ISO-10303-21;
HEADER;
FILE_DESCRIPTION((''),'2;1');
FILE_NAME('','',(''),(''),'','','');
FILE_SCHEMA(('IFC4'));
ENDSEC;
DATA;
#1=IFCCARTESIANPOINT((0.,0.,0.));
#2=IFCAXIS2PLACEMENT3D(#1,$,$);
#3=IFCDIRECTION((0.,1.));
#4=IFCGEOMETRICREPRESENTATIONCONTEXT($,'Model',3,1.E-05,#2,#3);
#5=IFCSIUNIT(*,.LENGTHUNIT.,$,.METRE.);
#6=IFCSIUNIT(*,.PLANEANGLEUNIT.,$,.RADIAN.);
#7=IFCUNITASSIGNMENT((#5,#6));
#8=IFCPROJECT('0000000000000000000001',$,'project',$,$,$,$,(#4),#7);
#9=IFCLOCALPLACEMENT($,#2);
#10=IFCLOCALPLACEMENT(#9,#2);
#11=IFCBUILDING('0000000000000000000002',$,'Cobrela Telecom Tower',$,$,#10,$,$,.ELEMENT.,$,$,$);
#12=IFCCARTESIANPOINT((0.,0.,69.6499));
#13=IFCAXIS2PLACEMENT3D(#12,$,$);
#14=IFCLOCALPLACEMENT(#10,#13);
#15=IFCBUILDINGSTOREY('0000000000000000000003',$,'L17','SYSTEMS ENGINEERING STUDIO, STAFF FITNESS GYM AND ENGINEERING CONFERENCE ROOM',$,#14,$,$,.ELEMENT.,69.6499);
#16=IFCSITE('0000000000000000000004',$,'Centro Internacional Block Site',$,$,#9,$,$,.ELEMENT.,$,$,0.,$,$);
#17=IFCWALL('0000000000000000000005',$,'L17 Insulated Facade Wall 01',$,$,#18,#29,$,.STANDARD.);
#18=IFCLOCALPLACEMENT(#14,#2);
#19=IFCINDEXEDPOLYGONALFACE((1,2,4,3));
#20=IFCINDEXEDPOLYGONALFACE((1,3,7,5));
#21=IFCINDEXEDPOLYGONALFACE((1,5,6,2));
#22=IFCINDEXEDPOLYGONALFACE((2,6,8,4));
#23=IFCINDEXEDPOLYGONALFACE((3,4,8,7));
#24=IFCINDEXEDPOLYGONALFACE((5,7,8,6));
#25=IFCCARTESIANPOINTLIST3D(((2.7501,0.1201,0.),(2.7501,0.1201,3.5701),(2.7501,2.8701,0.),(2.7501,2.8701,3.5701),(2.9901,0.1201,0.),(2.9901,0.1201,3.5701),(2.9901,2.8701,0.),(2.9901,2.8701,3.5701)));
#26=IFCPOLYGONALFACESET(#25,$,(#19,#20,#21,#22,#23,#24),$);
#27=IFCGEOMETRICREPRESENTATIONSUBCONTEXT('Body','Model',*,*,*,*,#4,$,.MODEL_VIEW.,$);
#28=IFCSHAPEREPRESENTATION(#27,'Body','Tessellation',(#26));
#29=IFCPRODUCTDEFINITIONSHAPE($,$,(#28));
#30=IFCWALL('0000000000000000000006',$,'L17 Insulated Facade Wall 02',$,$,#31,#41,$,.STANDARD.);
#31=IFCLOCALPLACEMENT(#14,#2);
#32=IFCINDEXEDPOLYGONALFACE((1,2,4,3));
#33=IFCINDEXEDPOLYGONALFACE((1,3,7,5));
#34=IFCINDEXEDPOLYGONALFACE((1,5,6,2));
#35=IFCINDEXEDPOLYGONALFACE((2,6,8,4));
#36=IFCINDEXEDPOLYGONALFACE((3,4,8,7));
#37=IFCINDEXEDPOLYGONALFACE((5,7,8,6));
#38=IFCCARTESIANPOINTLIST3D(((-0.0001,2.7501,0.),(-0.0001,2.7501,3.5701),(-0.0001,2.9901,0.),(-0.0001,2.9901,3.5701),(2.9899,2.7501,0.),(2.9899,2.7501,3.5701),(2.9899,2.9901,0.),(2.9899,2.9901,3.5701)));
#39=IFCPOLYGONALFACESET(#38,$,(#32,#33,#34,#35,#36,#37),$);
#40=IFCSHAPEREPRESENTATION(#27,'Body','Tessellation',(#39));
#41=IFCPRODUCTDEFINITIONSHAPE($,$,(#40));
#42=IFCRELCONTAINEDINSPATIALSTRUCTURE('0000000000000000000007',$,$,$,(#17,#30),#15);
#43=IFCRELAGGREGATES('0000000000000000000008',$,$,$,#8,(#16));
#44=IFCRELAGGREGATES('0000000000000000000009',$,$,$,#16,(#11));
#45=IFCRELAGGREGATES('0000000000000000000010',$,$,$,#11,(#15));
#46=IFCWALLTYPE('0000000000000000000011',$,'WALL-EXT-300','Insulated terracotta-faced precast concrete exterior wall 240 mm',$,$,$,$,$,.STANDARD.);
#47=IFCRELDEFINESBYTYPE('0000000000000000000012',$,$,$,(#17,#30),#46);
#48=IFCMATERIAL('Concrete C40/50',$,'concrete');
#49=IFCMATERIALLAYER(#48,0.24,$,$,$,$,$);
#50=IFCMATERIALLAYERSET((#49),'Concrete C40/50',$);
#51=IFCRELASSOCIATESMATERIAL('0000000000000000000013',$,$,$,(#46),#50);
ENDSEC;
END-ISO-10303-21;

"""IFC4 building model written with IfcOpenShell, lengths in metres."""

from ifc_helpers import new_model, si_unit, direction, frame, frame_2d, origin, place, context, subcontext, project, spatial, rectangle, extrude, material, layer, layer_set, type_object, element, save


model = new_model("IFC4")

# Units and contexts
model_context = context("Model", 3, precision=1e-05, world=origin(), true_north=direction((0.0, 1.0)))
body_context = subcontext(model_context, "Body", "Model", "MODEL_VIEW")
ifc_project = project(units=[si_unit("LENGTHUNIT", "METRE"), si_unit("PLANEANGLEUNIT", "RADIAN")], contexts=[model_context])

# Site, building, storey
site_placement = place(None, origin())
site = spatial("IfcSite", under=ifc_project, at=site_placement, Name="Centro Internacional Block Site", CompositionType="ELEMENT", RefElevation=0.0)
building_placement = place(site_placement, origin())
building = spatial("IfcBuilding", under=site, at=building_placement, Name="Cobrela Telecom Tower", CompositionType="ELEMENT")
storey_placement = place(building_placement, frame((0.0, 0.0, 69.6499)))
storey = spatial("IfcBuildingStorey", under=building, at=storey_placement, Name="L17", Description="SYSTEMS ENGINEERING STUDIO, STAFF FITNESS GYM AND ENGINEERING CONFERENCE ROOM", CompositionType="ELEMENT", Elevation=69.6499)

# Walls
ifc_material_1 = material(Name="Concrete C40/50", Category="concrete")
ifc_layer_1 = layer(ifc_material_1, 0.24)
ifc_layer_set_1 = layer_set([ifc_layer_1], Name="Concrete C40/50")
wall_type_1 = type_object("IfcWallType", Name="WALL-EXT-300", Description="Insulated terracotta-faced precast concrete exterior wall 240 mm", PredefinedType="STANDARD", material=ifc_layer_set_1)
wall_1_placement = place(storey_placement, frame((2.8701, 0.1201, 0.0), z_axis=(0.0, 0.0, 1.0), x_axis=(0.0, 1.0, 0.0)))
element("IfcWall", 1, at=wall_1_placement, inside=storey, type_object=wall_type_1, Name="L17 Insulated Facade Wall 01", PredefinedType="STANDARD", context=body_context, shape_type="SweptSolid", body=[
    extrude(rectangle(XDim=2.75, YDim=0.24, at=frame_2d((1.375, 0.0))), origin(), (0.0, 0.0, 1.0), 3.5701),
])
wall_2_placement = place(storey_placement, frame((2.99, 2.8701, 0.0), z_axis=(0.0, 0.0, 1.0), x_axis=(-1.0, 0.0, 0.0)))
element("IfcWall", 2, at=wall_2_placement, inside=storey, type_object=wall_type_1, Name="L17 Insulated Facade Wall 02", PredefinedType="STANDARD", context=body_context, shape_type="SweptSolid", body=[
    extrude(rectangle(XDim=2.99, YDim=0.24, at=frame_2d((1.4951, 0.0))), origin(), (0.0, 0.0, 1.0), 3.5701),
])

save(model, "model.ifc")
